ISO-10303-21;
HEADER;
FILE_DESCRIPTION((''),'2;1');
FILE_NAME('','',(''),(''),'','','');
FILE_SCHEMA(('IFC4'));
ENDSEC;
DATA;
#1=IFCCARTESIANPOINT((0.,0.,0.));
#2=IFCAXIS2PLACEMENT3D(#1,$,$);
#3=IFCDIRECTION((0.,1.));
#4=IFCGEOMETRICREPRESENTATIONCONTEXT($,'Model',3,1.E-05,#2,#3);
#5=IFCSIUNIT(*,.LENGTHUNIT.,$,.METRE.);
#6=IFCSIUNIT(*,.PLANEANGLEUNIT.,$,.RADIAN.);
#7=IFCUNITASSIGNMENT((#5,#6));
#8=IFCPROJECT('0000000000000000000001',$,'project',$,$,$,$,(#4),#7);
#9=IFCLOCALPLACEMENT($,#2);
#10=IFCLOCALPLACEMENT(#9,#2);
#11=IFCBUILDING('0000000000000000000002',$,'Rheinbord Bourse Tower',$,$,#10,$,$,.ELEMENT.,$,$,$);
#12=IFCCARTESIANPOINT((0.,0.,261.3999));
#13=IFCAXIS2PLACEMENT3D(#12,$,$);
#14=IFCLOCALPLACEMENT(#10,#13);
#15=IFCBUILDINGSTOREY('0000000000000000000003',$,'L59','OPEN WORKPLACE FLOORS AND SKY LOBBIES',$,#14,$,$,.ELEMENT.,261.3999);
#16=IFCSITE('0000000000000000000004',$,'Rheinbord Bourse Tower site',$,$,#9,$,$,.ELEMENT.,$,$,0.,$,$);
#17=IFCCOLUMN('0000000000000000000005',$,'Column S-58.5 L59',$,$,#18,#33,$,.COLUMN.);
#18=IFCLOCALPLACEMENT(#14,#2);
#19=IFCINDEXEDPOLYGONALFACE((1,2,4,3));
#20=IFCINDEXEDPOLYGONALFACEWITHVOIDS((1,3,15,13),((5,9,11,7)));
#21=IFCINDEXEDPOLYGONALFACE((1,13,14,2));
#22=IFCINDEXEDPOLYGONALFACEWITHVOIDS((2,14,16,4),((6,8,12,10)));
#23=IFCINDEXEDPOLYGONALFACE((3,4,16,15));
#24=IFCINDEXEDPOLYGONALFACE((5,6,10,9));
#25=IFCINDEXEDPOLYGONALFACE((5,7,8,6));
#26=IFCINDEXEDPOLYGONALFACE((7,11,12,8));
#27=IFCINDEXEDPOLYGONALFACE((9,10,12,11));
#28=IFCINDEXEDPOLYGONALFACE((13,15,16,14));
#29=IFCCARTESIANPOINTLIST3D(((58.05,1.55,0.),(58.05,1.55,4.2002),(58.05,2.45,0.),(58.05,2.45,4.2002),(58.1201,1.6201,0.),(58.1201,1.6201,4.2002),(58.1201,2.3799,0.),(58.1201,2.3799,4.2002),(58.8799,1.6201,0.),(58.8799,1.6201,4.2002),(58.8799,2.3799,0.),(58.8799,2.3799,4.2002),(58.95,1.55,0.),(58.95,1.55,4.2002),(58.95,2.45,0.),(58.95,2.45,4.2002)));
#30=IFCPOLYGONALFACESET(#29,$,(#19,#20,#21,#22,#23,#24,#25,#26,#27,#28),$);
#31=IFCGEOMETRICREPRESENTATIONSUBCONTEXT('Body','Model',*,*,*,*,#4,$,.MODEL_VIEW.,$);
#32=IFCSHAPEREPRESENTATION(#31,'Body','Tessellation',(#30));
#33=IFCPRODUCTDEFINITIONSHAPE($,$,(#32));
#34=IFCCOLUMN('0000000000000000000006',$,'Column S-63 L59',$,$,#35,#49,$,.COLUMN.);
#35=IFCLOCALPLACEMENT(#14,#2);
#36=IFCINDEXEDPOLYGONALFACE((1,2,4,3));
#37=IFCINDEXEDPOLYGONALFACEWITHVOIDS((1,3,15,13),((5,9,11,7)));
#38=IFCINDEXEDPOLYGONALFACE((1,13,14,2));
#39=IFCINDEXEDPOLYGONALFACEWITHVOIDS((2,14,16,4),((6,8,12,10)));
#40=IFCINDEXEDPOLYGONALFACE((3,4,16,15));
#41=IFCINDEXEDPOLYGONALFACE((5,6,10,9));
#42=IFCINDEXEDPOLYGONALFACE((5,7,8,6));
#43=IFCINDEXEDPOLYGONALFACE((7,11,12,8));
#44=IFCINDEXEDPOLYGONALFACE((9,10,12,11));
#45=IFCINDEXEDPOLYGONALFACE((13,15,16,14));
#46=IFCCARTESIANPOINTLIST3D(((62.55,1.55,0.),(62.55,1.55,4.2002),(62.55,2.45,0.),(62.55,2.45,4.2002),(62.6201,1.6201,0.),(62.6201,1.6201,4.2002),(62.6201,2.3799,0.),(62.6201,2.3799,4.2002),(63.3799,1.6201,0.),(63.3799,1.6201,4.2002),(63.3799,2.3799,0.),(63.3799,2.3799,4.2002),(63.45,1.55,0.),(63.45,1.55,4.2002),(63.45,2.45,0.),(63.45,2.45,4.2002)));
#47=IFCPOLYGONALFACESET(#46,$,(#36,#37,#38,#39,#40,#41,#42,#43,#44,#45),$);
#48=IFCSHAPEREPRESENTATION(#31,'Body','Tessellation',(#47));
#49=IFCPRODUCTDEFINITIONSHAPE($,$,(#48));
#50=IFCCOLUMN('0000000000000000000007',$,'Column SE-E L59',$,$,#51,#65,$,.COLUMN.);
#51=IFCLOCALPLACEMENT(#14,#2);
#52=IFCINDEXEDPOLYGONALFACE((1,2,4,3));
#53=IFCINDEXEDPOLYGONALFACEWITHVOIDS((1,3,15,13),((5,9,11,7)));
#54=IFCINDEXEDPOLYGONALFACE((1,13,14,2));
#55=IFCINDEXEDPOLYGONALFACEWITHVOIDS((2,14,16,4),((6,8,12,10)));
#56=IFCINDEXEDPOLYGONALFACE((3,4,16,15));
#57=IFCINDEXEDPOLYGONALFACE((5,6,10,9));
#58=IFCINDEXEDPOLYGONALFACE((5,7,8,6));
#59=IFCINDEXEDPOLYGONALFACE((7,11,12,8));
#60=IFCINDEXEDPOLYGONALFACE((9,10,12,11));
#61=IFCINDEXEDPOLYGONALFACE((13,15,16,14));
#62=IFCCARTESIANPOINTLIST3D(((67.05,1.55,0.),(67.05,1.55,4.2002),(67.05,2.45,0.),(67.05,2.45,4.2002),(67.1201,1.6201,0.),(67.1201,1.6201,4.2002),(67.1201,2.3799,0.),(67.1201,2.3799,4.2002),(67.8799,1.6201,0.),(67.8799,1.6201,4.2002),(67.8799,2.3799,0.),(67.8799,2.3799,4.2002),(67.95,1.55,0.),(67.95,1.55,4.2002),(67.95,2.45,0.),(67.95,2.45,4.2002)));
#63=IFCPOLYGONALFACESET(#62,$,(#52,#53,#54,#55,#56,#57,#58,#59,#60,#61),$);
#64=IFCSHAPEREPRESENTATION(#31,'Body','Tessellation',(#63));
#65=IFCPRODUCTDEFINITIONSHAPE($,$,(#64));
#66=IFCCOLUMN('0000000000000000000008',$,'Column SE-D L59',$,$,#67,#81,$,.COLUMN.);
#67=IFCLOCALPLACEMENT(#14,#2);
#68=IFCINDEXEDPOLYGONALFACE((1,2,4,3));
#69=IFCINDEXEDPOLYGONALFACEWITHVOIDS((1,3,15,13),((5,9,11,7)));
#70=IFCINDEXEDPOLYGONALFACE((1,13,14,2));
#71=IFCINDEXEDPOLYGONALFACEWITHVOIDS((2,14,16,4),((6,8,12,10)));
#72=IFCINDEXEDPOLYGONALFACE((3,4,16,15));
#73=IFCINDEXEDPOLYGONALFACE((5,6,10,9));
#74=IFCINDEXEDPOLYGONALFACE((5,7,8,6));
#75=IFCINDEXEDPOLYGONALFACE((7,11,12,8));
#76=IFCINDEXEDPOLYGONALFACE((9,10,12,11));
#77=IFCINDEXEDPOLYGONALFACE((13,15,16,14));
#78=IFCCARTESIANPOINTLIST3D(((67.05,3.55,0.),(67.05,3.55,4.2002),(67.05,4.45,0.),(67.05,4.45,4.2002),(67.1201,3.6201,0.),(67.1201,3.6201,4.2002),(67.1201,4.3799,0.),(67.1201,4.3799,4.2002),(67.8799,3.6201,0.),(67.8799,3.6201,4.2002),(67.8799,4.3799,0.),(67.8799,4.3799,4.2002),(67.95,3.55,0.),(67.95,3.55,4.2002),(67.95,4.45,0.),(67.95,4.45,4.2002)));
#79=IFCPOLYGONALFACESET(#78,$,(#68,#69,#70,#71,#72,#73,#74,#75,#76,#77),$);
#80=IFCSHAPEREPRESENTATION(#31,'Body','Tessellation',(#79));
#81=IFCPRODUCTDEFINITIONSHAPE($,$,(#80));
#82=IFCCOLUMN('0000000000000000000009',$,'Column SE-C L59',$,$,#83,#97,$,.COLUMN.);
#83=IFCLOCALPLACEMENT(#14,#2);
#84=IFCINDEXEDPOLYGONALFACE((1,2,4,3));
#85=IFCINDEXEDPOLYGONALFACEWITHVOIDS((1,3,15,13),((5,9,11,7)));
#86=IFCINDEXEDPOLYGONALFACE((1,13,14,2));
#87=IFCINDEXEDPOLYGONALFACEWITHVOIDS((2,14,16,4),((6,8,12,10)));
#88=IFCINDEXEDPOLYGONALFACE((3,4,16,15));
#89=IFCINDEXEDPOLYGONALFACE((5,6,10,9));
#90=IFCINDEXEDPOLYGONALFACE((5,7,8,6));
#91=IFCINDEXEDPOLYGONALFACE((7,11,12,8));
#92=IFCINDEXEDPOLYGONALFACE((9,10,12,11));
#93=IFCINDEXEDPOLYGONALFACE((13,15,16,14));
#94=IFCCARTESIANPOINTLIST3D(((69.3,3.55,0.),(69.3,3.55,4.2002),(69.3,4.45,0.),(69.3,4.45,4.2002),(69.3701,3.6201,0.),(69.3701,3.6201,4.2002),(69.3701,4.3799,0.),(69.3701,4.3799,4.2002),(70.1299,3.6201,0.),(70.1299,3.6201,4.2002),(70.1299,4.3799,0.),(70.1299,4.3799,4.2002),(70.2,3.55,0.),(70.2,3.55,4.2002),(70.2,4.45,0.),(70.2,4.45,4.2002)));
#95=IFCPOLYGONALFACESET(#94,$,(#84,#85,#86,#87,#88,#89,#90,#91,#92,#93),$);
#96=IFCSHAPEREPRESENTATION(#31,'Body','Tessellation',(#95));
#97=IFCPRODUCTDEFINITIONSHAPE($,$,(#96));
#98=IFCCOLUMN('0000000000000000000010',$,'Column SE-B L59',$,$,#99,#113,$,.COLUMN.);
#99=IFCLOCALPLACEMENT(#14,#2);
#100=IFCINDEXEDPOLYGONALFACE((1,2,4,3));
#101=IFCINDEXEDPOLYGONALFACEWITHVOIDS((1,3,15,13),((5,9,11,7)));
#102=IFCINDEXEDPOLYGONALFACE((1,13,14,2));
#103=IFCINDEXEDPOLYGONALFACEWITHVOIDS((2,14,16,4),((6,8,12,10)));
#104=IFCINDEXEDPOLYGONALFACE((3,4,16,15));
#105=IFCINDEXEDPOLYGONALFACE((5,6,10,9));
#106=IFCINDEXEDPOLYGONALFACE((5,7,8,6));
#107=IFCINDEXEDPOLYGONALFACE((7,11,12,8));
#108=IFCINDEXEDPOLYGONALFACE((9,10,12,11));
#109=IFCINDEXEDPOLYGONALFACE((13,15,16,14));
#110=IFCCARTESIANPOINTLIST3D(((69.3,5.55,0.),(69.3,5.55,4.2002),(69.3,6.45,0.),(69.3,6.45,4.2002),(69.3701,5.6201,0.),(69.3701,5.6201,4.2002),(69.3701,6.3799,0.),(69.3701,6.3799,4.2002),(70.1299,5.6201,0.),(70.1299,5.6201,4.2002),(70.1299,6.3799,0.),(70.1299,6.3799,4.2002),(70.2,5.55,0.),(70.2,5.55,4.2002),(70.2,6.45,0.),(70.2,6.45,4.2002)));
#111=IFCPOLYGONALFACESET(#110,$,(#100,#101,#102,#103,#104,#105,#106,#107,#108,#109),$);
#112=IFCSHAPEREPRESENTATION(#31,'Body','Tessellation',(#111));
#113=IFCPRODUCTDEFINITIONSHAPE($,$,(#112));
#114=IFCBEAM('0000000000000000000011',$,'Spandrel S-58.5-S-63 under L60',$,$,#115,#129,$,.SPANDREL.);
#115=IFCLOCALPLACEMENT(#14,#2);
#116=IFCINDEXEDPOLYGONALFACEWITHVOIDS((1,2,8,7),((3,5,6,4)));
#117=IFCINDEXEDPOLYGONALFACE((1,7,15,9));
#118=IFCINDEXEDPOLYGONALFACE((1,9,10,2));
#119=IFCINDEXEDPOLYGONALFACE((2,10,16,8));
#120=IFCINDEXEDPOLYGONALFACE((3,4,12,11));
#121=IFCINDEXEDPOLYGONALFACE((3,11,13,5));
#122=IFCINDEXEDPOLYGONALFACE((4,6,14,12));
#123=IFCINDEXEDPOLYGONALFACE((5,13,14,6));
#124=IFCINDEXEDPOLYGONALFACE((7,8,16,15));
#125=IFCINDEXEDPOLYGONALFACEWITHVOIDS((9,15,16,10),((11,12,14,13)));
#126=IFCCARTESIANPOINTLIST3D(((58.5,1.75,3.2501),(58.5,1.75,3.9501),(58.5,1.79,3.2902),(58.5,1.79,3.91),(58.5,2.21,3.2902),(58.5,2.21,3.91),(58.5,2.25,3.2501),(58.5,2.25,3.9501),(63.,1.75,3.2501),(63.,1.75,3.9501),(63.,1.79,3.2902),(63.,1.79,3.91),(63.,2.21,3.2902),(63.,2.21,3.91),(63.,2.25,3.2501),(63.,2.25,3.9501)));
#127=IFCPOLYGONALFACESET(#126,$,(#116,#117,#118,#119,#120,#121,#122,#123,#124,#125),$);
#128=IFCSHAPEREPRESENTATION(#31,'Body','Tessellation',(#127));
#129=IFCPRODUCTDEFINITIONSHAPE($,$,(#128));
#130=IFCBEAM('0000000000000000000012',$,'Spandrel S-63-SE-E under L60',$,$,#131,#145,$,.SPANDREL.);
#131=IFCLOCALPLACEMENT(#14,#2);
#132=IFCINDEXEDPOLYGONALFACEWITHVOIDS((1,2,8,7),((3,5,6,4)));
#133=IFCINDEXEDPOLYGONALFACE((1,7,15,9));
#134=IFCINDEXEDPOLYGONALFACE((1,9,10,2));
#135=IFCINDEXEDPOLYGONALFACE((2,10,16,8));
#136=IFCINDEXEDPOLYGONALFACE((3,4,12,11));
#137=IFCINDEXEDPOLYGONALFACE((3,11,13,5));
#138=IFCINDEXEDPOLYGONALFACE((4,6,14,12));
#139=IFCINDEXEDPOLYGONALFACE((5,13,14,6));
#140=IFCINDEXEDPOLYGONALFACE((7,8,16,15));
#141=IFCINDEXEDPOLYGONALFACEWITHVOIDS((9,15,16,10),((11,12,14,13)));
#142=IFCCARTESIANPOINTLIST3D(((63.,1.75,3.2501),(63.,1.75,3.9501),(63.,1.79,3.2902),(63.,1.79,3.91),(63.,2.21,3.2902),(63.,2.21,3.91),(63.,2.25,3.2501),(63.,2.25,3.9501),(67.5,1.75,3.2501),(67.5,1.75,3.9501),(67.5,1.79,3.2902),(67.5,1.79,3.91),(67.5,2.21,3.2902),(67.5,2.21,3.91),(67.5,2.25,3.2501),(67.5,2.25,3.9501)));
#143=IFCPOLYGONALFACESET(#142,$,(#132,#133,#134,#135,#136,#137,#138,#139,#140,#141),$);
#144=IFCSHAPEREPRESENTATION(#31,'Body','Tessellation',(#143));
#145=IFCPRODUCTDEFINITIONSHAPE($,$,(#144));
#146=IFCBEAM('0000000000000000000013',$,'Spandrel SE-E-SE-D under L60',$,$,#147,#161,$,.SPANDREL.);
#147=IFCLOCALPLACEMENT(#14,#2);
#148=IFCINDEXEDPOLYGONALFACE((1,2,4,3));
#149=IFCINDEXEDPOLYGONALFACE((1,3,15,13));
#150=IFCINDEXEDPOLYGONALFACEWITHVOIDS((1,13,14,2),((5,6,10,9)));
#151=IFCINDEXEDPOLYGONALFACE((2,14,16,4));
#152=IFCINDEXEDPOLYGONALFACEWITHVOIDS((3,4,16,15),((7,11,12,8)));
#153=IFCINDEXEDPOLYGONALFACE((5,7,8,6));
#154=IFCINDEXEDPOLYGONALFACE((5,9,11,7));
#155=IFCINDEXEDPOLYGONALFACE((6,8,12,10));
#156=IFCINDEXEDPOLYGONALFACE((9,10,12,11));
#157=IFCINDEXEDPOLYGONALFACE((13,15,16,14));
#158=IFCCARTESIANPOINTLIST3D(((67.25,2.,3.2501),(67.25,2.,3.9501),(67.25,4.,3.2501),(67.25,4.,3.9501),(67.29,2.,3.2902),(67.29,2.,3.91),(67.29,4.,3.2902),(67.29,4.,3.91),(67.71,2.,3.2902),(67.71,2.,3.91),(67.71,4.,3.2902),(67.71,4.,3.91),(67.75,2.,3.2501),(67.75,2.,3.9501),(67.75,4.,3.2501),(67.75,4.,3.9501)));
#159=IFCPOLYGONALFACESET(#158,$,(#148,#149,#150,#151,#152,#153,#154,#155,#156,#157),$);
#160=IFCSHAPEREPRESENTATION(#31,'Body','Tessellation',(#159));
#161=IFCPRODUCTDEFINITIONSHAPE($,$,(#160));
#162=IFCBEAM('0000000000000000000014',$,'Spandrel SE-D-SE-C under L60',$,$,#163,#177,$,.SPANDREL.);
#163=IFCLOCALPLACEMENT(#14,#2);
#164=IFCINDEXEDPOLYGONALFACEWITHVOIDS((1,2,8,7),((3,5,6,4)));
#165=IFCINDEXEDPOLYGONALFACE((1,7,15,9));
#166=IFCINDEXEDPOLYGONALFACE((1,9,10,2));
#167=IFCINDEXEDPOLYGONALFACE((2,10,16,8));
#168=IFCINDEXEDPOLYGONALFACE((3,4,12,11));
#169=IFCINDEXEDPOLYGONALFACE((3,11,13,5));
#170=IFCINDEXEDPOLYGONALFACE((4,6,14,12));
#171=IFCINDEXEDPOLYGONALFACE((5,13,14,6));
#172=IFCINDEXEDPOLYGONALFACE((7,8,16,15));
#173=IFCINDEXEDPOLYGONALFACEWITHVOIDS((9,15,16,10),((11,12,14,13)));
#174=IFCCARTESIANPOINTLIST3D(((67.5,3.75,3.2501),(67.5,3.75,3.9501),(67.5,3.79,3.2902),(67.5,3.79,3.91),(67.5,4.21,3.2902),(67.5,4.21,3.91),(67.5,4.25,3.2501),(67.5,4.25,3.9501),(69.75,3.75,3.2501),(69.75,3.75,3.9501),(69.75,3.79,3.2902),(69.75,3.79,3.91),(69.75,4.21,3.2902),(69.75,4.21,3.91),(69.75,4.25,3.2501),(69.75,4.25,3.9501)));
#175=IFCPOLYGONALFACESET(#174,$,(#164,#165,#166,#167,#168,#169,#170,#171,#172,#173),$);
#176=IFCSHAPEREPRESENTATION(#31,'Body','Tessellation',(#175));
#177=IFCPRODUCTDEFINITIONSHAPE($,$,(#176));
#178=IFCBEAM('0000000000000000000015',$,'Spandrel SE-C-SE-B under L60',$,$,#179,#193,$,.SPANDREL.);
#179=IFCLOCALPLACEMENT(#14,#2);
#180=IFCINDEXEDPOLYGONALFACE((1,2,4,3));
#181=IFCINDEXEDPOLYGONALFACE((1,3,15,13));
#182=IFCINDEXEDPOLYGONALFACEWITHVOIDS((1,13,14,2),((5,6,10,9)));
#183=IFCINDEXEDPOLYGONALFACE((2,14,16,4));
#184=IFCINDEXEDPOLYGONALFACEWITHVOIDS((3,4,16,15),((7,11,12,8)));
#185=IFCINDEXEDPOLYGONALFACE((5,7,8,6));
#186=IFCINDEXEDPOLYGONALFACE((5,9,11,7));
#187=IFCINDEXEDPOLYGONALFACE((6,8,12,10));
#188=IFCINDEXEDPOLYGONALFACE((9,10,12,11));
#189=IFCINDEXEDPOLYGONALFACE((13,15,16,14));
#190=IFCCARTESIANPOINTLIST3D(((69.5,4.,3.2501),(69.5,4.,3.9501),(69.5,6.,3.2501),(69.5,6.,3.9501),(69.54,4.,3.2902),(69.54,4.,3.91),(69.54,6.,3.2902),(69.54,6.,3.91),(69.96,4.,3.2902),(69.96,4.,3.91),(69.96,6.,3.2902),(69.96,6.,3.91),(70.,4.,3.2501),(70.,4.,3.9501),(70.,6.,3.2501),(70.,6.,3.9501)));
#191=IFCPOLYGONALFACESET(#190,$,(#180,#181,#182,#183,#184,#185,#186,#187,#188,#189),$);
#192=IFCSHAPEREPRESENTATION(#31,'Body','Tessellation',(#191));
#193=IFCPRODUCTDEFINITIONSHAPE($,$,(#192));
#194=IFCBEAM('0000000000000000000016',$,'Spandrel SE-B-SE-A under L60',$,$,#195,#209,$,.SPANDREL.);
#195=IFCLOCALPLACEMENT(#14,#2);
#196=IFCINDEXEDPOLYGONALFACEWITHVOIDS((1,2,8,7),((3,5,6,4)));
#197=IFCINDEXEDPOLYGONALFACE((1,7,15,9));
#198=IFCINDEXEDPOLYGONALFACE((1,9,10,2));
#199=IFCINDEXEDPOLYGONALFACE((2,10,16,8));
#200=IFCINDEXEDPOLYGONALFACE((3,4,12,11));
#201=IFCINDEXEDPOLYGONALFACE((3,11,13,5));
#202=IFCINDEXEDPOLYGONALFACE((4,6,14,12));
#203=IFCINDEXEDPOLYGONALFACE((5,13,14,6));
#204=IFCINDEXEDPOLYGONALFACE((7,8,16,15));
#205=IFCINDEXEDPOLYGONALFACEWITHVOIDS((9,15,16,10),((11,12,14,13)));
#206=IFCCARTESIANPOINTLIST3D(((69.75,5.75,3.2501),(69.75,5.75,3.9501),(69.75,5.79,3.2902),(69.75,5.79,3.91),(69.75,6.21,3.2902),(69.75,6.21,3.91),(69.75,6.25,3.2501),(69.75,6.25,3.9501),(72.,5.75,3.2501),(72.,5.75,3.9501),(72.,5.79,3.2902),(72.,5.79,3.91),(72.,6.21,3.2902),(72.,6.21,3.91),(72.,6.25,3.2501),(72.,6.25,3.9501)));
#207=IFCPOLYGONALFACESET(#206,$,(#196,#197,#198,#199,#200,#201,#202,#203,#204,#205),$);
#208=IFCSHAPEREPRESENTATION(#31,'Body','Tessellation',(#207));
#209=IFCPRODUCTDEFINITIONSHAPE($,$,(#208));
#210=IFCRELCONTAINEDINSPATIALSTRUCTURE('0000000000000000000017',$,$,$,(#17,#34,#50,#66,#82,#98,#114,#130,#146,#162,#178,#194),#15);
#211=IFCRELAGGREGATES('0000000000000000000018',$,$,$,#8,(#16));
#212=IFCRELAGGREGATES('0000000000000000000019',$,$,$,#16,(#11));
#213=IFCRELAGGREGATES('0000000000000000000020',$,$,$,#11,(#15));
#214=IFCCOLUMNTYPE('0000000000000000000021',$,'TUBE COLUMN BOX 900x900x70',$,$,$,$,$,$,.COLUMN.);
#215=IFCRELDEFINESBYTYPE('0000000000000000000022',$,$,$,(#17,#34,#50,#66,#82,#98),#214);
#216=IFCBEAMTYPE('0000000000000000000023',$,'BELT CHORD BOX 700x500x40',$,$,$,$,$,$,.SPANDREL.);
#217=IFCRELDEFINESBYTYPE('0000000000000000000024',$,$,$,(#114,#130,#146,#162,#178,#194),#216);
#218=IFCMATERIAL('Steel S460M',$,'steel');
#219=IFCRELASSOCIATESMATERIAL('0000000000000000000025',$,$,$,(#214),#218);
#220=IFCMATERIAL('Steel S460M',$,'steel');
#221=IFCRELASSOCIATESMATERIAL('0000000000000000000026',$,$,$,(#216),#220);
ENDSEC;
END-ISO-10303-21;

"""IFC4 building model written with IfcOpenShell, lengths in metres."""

from ifc_helpers import new_model, si_unit, direction, frame, origin, origin_2d, place, context, subcontext, project, spatial, hollow_rectangle, extrude, material, material_profile, profile_set, type_object, element, save


model = new_model("IFC4")

# Units and contexts
model_context = context("Model", 3, precision=1e-05, world=origin(), true_north=direction((0.0, 1.0)))
body_context = subcontext(model_context, "Body", "Model", "MODEL_VIEW")
ifc_project = project(units=[si_unit("LENGTHUNIT", "METRE"), si_unit("PLANEANGLEUNIT", "RADIAN")], contexts=[model_context])

# Site, building, storey
site_placement = place(None, origin())
site = spatial("IfcSite", under=ifc_project, at=site_placement, Name="Rheinbord Bourse Tower site", CompositionType="ELEMENT", RefElevation=0.0)
building_placement = place(site_placement, origin())
building = spatial("IfcBuilding", under=site, at=building_placement, Name="Rheinbord Bourse Tower", CompositionType="ELEMENT")
storey_placement = place(building_placement, frame((0.0, 0.0, 261.3999)))
storey = spatial("IfcBuildingStorey", under=building, at=storey_placement, Name="L59", Description="OPEN WORKPLACE FLOORS AND SKY LOBBIES", CompositionType="ELEMENT", Elevation=261.3999)

# Columns
ifc_material_1 = material(Name="Steel S460M", Category="steel")
ifc_material_profile_1 = material_profile(ifc_material_1, hollow_rectangle(XDim=0.8999, YDim=0.8999, WallThickness=0.0701, at=origin_2d()), Name="BOX 900x900x70")
ifc_profile_set_1 = profile_set([ifc_material_profile_1], Name="Steel S460M")
column_type = type_object("IfcColumnType", Name="TUBE COLUMN BOX 900x900x70", PredefinedType="COLUMN", material=ifc_profile_set_1)
for number, where, z_axis, x_axis, name in (
    (1, (58.5, 2.0, 0.0), (0.0, 0.0, 1.0), (0.0, 1.0, 0.0), "Column S-58.5 L59"),
    (2, (63.0, 2.0, 0.0), (0.0, 0.0, 1.0), (0.0, 1.0, 0.0), "Column S-63 L59"),
    (3, (67.5, 2.0, 0.0), (0.0, 0.0, 1.0), (0.0, 1.0, 0.0), "Column SE-E L59"),
    (4, (67.5, 4.0, 0.0), (0.0, 0.0, 1.0), (0.0, 1.0, 0.0), "Column SE-D L59"),
    (5, (69.75, 4.0, 0.0), (0.0, 0.0, 1.0), (1.0, 0.0, 0.0), "Column SE-C L59"),
    (6, (69.75, 6.0, 0.0), (0.0, 0.0, 1.0), (1.0, 0.0, 0.0), "Column SE-B L59"),
):
    element("IfcColumn", number, at=place(storey_placement, frame(where, z_axis=z_axis, x_axis=x_axis)), inside=storey, type_object=column_type, Name=name, PredefinedType="COLUMN", context=body_context, shape_type="SweptSolid", body=[
        extrude(hollow_rectangle(XDim=0.8999, YDim=0.8999, WallThickness=0.0701, at=origin_2d()), origin(), (0.0, 0.0, 1.0), 4.2002),
    ])

# Beams
ifc_material_2 = material(Name="Steel S460M", Category="steel")
ifc_material_profile_2 = material_profile(ifc_material_2, hollow_rectangle(XDim=0.5, YDim=0.7, WallThickness=0.04, at=origin_2d()), Name="BOX 700x500x40")
ifc_profile_set_2 = profile_set([ifc_material_profile_2], Name="Steel S460M")
beam_type_1 = type_object("IfcBeamType", Name="BELT CHORD BOX 700x500x40", PredefinedType="SPANDREL", material=ifc_profile_set_2)
for number, where, z_axis, x_axis, name in (
    (7, (58.5, 2.0, 3.6001), (1.0, 0.0, 0.0), (0.0, 1.0, 0.0), "Spandrel S-58.5-S-63 under L60"),
    (8, (63.0, 2.0, 3.6001), (1.0, 0.0, 0.0), (0.0, 1.0, 0.0), "Spandrel S-63-SE-E under L60"),
):
    element("IfcBeam", number, at=place(storey_placement, frame(where, z_axis=z_axis, x_axis=x_axis)), inside=storey, type_object=beam_type_1, Name=name, PredefinedType="SPANDREL", context=body_context, shape_type="SweptSolid", body=[
        extrude(hollow_rectangle(XDim=0.5, YDim=0.7, WallThickness=0.04, at=origin_2d()), origin(), (0.0, 0.0, 1.0), 4.5),
    ])
beam_1_placement = place(storey_placement, frame((67.5, 2.0, 3.6001), z_axis=(0.0, 1.0, 0.0), x_axis=(-1.0, 0.0, 0.0)))
element("IfcBeam", 9, at=beam_1_placement, inside=storey, type_object=beam_type_1, Name="Spandrel SE-E-SE-D under L60", PredefinedType="SPANDREL", context=body_context, shape_type="SweptSolid", body=[
    extrude(hollow_rectangle(XDim=0.5, YDim=0.7, WallThickness=0.04, at=origin_2d()), origin(), (0.0, 0.0, 1.0), 2.0),
])
beam_2_placement = place(storey_placement, frame((67.5, 4.0, 3.6001), z_axis=(1.0, 0.0, 0.0), x_axis=(0.0, 1.0, 0.0)))
element("IfcBeam", 10, at=beam_2_placement, inside=storey, type_object=beam_type_1, Name="Spandrel SE-D-SE-C under L60", PredefinedType="SPANDREL", context=body_context, shape_type="SweptSolid", body=[
    extrude(hollow_rectangle(XDim=0.5, YDim=0.7, WallThickness=0.04, at=origin_2d()), origin(), (0.0, 0.0, 1.0), 2.25),
])
beam_3_placement = place(storey_placement, frame((69.75, 4.0, 3.6001), z_axis=(0.0, 1.0, 0.0), x_axis=(-1.0, 0.0, 0.0)))
element("IfcBeam", 11, at=beam_3_placement, inside=storey, type_object=beam_type_1, Name="Spandrel SE-C-SE-B under L60", PredefinedType="SPANDREL", context=body_context, shape_type="SweptSolid", body=[
    extrude(hollow_rectangle(XDim=0.5, YDim=0.7, WallThickness=0.04, at=origin_2d()), origin(), (0.0, 0.0, 1.0), 2.0),
])
beam_4_placement = place(storey_placement, frame((69.75, 6.0, 3.6001), z_axis=(1.0, 0.0, 0.0), x_axis=(0.0, 1.0, 0.0)))
element("IfcBeam", 12, at=beam_4_placement, inside=storey, type_object=beam_type_1, Name="Spandrel SE-B-SE-A under L60", PredefinedType="SPANDREL", context=body_context, shape_type="SweptSolid", body=[
    extrude(hollow_rectangle(XDim=0.5, YDim=0.7, WallThickness=0.04, at=origin_2d()), origin(), (0.0, 0.0, 1.0), 2.25),
])

save(model, "model.ifc")
